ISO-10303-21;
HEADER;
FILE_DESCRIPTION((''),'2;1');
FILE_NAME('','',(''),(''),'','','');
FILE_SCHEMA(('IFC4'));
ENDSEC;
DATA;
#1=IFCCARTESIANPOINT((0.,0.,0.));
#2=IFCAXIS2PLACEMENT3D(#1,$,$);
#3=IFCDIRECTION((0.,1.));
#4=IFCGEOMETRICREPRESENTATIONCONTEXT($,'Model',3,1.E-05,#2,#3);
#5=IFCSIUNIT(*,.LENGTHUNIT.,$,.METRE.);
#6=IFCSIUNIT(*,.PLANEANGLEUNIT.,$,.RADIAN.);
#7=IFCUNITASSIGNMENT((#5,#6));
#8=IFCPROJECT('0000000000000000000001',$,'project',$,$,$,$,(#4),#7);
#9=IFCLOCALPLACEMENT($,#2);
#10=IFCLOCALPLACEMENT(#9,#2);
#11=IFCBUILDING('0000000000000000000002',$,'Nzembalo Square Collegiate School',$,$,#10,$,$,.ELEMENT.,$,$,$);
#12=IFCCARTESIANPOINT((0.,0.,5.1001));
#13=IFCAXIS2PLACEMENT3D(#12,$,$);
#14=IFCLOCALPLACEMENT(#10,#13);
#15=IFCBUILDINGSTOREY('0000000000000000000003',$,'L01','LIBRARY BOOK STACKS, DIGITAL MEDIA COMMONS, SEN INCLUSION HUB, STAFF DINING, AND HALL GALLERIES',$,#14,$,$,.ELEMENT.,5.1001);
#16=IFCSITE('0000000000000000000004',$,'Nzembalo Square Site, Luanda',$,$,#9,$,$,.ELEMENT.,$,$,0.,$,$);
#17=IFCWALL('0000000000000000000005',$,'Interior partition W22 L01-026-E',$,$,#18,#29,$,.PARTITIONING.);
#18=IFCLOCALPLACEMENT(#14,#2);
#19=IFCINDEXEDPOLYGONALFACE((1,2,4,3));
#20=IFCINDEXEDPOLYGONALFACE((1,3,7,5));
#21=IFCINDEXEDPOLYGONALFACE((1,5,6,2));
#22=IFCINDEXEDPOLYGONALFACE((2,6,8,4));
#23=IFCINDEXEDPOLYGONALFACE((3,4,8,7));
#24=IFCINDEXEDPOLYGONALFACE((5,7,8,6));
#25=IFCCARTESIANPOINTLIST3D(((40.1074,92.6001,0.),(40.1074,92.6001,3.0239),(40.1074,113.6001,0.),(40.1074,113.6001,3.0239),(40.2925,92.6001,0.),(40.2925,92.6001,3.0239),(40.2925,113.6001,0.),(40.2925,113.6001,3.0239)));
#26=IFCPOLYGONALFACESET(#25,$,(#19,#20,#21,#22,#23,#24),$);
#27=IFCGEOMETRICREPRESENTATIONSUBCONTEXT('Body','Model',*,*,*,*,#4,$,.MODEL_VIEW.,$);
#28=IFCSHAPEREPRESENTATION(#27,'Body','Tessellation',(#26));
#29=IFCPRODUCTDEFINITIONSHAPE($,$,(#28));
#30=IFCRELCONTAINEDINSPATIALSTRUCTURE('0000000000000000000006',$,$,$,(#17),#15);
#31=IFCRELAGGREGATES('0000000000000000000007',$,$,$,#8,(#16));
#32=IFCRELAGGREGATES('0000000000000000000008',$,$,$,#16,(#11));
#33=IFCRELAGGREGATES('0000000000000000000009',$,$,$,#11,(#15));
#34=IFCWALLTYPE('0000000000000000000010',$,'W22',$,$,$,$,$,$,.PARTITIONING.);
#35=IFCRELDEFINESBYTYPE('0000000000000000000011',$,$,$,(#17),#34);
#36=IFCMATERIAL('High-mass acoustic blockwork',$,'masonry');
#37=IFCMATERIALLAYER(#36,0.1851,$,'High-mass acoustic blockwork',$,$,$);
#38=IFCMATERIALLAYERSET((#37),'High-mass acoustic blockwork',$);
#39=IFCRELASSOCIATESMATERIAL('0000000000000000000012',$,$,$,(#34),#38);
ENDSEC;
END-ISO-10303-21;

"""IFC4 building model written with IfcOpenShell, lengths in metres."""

from ifc_helpers import new_model, si_unit, direction, frame, frame_2d, origin, place, context, subcontext, project, spatial, rectangle, extrude, material, layer, layer_set, type_object, element, save


model = new_model("IFC4")

# Units and contexts
model_context = context("Model", 3, precision=1e-05, world=origin(), true_north=direction((0.0, 1.0)))
body_context = subcontext(model_context, "Body", "Model", "MODEL_VIEW")
ifc_project = project(units=[si_unit("LENGTHUNIT", "METRE"), si_unit("PLANEANGLEUNIT", "RADIAN")], contexts=[model_context])

# Site, building, storey
site_placement = place(None, origin())
site = spatial("IfcSite", under=ifc_project, at=site_placement, Name="Nzembalo Square Site, Luanda", CompositionType="ELEMENT", RefElevation=0.0)
building_placement = place(site_placement, origin())
building = spatial("IfcBuilding", under=site, at=building_placement, Name="Nzembalo Square Collegiate School", CompositionType="ELEMENT")
storey_placement = place(building_placement, frame((0.0, 0.0, 5.1001)))
storey = spatial("IfcBuildingStorey", under=building, at=storey_placement, Name="L01", Description="LIBRARY BOOK STACKS, DIGITAL MEDIA COMMONS, SEN INCLUSION HUB, STAFF DINING, AND HALL GALLERIES", CompositionType="ELEMENT", Elevation=5.1001)

# Shared definitions
ifc_material_1 = material(Name="High-mass acoustic blockwork", Category="masonry")
ifc_layer_1 = layer(ifc_material_1, 0.1851, Name="High-mass acoustic blockwork")
ifc_layer_set_1 = layer_set([ifc_layer_1], Name="High-mass acoustic blockwork")
wall_type_1 = type_object("IfcWallType", Name="W22", PredefinedType="PARTITIONING", material=ifc_layer_set_1)

# Wall
wall_1_placement = place(storey_placement, frame((40.2, 92.6001, 0.0), z_axis=(0.0, 0.0, 1.0), x_axis=(0.0, 1.0, 0.0)))
element("IfcWall", 1, at=wall_1_placement, inside=storey, type_object=wall_type_1, Name="Interior partition W22 L01-026-E", PredefinedType="PARTITIONING", context=body_context, shape_type="SweptSolid", body=[
    extrude(rectangle(XDim=21.0, YDim=0.1851, at=frame_2d((10.5, 0.0))), origin(), (0.0, 0.0, 1.0), 3.0239),
])

save(model, "model.ifc")
